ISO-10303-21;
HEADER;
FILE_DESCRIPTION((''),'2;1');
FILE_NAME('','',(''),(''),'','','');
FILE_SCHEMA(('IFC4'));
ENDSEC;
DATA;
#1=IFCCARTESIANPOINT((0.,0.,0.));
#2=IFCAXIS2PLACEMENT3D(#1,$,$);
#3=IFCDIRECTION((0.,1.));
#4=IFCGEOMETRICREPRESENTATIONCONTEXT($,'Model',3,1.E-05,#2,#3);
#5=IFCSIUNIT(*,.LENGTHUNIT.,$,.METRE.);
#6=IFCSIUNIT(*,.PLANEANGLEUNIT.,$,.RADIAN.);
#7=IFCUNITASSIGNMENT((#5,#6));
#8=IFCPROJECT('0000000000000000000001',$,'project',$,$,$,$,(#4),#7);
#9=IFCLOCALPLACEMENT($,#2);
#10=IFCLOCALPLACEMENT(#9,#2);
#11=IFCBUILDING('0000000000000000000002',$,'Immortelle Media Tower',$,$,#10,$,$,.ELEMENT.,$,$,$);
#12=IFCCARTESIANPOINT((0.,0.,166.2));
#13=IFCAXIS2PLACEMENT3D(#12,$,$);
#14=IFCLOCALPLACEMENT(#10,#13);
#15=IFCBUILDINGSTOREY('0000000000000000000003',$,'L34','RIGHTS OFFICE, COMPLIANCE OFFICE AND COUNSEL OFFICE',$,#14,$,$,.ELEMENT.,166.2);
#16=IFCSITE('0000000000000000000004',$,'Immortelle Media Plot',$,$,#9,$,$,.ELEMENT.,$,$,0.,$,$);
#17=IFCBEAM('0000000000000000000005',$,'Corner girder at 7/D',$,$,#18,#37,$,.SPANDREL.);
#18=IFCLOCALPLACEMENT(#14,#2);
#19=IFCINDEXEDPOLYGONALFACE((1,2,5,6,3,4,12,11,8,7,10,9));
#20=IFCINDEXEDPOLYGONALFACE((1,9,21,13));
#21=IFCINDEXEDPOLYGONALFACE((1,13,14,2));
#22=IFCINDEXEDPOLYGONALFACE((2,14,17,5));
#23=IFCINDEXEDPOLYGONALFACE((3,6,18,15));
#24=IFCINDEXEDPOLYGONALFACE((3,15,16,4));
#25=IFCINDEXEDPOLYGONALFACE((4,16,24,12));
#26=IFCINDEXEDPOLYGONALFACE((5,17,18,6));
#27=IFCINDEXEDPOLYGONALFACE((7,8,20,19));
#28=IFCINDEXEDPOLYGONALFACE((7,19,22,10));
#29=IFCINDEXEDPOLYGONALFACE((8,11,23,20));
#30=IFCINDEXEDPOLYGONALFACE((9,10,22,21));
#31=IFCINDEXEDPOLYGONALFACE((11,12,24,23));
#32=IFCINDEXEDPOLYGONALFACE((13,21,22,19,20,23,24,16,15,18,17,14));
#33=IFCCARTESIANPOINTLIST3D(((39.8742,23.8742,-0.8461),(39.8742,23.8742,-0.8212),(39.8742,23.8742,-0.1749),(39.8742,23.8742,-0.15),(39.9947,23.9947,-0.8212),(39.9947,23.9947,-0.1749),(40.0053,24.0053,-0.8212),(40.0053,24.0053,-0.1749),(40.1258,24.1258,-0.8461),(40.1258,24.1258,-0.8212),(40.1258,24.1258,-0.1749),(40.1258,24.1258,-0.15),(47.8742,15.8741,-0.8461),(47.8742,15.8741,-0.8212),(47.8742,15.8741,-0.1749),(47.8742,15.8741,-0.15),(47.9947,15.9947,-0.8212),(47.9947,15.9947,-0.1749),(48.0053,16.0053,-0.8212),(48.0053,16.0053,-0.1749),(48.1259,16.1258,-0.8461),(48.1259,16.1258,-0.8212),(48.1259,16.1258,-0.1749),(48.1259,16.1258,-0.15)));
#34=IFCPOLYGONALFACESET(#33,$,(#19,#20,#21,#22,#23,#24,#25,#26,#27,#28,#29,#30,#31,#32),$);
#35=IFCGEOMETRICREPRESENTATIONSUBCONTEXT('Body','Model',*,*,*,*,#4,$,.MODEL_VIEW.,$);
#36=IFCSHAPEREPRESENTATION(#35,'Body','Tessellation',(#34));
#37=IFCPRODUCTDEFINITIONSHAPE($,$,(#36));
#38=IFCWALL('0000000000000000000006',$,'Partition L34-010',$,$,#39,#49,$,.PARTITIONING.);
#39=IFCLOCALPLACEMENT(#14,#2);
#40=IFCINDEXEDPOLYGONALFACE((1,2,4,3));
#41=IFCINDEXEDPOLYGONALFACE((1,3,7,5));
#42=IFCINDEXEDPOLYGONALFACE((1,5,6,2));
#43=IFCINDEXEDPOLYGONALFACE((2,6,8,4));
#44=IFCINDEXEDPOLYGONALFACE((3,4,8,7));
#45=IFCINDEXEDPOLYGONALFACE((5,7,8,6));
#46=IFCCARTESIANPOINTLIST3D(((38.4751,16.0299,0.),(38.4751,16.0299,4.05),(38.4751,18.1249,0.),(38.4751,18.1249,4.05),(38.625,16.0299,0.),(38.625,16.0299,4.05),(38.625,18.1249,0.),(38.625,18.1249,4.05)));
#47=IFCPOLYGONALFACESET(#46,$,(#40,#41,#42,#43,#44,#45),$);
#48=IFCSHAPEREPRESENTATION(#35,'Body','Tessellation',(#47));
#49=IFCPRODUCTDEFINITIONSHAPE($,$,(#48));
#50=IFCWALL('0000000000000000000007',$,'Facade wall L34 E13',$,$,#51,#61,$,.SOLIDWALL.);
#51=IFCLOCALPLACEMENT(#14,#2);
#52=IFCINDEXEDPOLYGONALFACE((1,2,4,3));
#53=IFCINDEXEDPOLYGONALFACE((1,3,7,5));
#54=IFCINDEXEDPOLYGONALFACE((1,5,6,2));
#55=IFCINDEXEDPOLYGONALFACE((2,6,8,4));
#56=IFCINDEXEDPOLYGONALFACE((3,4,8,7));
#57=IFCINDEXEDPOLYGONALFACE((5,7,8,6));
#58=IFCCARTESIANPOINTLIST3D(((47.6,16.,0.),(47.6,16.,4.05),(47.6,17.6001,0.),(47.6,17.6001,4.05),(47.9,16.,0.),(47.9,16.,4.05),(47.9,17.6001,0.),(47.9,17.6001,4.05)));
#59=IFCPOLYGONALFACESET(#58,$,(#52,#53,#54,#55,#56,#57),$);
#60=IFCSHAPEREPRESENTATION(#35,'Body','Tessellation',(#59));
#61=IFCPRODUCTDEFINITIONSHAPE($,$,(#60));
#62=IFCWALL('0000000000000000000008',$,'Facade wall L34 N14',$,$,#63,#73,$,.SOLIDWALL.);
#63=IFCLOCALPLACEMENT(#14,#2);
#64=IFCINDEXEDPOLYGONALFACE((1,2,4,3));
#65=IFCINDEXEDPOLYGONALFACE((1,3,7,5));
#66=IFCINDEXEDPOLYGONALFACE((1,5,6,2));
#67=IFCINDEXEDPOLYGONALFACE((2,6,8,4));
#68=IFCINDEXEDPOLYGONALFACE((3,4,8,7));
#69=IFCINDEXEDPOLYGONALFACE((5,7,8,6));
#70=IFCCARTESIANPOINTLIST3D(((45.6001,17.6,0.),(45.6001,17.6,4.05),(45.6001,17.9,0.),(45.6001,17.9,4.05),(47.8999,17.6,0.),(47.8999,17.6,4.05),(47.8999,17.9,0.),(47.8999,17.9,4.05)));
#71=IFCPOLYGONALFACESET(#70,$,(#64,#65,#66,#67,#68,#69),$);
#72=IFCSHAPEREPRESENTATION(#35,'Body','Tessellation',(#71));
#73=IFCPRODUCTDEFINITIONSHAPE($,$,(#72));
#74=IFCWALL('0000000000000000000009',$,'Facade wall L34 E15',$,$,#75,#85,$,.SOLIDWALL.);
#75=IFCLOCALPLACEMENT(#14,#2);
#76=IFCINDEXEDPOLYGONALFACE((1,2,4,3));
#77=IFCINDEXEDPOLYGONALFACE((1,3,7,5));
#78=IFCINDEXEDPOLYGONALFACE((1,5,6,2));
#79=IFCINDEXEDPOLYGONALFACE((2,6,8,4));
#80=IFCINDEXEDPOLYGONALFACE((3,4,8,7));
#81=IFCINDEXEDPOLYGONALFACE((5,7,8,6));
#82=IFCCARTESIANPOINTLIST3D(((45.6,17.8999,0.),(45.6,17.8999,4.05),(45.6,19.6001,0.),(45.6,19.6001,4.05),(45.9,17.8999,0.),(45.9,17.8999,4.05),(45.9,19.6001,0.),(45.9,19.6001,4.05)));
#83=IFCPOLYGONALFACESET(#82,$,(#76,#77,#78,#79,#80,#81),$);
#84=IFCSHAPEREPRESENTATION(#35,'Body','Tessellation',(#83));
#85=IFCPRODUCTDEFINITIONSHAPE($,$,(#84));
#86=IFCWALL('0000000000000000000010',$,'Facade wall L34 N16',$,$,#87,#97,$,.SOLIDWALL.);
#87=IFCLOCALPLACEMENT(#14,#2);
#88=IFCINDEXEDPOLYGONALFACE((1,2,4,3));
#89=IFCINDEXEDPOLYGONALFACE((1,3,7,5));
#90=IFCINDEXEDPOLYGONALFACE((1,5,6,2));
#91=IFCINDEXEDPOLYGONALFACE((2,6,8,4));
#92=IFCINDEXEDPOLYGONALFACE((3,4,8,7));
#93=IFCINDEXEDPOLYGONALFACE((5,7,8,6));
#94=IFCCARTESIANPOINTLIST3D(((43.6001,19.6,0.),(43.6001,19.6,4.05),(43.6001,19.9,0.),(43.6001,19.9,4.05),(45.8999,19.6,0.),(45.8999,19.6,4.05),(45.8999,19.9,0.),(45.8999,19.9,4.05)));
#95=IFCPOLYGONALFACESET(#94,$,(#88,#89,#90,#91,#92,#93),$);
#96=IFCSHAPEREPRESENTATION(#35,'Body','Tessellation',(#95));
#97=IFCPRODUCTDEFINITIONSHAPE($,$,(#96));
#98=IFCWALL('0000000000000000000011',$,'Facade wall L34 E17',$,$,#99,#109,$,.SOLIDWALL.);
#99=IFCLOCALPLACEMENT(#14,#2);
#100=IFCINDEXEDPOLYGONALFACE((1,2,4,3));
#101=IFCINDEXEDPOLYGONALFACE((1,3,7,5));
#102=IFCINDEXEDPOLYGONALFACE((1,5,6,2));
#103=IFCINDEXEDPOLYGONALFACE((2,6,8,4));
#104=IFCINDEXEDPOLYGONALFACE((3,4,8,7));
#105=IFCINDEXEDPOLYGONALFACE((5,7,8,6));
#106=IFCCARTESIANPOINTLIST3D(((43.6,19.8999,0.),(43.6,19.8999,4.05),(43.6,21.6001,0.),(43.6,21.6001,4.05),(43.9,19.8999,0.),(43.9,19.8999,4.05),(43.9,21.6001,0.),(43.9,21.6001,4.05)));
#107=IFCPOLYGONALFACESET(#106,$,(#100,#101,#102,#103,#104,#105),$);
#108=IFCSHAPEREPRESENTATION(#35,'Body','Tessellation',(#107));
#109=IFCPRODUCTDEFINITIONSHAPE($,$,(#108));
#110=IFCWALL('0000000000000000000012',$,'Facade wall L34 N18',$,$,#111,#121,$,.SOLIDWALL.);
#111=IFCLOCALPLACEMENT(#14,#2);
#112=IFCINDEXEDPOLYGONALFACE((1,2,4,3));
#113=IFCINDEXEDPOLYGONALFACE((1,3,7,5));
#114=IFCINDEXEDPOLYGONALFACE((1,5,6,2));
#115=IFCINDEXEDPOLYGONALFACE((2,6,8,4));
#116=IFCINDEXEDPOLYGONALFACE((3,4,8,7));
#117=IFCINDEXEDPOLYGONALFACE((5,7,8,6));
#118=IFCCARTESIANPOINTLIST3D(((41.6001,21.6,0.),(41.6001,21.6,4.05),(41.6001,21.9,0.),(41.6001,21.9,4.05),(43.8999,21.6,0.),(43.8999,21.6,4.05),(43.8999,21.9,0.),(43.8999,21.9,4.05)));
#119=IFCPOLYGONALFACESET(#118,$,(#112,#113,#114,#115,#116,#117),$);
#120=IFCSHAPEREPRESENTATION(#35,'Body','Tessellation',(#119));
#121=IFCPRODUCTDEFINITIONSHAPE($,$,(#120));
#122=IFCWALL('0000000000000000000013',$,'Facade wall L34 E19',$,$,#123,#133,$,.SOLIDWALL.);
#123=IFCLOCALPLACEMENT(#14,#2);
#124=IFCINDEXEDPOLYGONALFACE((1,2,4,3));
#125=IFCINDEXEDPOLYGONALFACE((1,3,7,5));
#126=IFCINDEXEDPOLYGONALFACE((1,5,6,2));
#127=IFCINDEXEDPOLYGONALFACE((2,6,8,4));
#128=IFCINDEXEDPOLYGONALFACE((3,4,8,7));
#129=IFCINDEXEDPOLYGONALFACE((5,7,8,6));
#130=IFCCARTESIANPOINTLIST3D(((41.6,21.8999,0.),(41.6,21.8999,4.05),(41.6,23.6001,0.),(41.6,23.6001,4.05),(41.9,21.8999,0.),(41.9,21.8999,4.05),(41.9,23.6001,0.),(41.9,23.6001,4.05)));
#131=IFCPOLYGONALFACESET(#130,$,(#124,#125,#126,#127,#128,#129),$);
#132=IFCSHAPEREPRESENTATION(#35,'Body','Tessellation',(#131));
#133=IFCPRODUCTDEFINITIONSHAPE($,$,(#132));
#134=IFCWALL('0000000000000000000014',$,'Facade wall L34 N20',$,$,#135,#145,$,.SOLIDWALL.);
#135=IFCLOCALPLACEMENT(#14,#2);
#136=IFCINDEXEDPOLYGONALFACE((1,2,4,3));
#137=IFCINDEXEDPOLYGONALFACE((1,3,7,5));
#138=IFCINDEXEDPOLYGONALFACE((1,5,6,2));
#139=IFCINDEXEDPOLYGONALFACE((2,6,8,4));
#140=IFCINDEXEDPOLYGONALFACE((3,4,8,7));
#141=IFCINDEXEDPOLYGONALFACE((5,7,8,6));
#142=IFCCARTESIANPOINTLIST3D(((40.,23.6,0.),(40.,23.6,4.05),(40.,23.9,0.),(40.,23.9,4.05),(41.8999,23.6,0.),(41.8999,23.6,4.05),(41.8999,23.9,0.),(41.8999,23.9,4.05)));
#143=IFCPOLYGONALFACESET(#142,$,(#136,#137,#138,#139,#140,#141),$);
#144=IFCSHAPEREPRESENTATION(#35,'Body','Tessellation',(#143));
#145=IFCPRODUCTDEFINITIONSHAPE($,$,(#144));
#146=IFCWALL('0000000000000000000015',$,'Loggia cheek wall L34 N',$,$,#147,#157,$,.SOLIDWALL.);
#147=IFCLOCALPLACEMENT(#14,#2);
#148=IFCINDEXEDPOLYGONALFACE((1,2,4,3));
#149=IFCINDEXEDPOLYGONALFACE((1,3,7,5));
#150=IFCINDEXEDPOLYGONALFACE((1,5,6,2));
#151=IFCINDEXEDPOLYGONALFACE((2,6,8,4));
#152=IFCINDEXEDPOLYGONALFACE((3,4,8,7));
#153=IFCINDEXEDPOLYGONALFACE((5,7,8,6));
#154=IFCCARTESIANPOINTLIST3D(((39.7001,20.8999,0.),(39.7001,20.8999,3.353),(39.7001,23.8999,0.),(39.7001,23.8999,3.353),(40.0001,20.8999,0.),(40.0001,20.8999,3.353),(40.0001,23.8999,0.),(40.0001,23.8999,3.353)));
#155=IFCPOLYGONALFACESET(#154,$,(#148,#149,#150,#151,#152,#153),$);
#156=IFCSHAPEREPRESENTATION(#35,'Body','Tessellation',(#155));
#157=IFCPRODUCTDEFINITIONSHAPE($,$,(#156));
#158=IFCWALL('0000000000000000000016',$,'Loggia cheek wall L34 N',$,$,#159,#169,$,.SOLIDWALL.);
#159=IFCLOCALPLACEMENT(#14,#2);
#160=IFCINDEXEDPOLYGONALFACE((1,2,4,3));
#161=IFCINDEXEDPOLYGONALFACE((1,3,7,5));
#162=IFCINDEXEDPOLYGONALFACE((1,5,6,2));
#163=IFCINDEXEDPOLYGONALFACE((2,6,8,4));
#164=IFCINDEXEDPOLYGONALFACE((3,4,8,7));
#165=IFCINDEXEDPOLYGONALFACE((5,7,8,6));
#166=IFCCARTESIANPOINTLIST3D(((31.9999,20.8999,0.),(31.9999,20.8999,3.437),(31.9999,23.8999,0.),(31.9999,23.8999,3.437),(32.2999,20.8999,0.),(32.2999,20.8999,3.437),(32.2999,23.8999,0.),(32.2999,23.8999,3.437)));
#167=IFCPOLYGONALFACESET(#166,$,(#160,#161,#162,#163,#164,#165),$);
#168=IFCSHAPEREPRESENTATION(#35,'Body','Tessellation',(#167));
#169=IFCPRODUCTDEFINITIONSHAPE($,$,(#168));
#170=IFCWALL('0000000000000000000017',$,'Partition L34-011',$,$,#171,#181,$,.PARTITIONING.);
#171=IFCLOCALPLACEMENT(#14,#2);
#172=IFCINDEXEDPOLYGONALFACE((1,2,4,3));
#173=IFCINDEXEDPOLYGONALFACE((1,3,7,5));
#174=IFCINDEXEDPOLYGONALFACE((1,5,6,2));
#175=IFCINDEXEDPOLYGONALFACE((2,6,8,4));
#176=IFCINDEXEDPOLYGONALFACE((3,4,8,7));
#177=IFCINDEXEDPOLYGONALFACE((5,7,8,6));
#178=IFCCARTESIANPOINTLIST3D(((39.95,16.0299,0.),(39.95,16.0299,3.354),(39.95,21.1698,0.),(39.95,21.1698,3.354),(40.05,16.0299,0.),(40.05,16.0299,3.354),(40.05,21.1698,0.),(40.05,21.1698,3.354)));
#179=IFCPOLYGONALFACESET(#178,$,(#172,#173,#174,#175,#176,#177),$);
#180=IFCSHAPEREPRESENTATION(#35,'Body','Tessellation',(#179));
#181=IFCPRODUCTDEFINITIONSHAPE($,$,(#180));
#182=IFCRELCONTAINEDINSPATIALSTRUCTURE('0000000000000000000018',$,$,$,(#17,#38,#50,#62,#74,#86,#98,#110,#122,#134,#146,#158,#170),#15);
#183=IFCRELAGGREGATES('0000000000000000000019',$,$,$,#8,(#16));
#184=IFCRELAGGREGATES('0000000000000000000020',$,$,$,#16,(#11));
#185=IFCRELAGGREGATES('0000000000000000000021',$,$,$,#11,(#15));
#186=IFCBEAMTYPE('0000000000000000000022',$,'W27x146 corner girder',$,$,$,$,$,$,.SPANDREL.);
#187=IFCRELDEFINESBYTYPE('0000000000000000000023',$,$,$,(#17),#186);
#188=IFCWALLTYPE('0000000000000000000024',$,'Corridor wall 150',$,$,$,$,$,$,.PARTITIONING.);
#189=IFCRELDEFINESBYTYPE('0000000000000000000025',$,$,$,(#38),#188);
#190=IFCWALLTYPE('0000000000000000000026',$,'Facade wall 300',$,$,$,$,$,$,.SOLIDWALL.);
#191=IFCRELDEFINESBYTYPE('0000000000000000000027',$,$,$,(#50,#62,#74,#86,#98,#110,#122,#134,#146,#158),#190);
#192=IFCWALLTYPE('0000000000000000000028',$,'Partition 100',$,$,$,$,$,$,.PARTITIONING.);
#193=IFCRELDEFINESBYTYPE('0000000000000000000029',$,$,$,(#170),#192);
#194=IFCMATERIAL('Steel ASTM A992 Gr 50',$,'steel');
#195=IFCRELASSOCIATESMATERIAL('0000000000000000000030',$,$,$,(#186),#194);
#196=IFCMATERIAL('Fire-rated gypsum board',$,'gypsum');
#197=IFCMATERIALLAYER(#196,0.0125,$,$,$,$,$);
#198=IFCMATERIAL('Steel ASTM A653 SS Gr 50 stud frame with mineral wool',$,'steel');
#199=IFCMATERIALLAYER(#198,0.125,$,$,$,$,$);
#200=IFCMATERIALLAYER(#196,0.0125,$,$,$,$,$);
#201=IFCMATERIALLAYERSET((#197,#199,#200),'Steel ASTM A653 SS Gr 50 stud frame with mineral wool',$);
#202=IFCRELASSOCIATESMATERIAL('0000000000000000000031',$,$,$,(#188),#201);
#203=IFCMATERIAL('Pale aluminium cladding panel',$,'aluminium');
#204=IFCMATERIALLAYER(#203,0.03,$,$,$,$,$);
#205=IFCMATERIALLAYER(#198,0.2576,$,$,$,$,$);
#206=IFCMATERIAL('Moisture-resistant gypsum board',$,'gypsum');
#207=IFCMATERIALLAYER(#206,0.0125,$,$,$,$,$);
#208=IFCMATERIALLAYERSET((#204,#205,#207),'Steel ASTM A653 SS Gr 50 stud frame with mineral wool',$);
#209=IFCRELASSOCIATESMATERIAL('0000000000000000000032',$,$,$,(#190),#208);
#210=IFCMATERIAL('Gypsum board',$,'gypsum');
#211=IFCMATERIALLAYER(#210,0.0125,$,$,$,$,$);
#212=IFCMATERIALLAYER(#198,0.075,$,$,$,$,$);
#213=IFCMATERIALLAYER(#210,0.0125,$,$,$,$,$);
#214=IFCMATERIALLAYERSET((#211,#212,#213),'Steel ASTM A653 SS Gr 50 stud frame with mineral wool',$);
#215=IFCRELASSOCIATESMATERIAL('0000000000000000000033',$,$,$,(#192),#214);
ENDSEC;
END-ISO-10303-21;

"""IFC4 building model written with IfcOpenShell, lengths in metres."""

from ifc_helpers import new_model, si_unit, direction, frame, frame_2d, origin, origin_2d, place, context, subcontext, project, spatial, rectangle, i_section, extrude, material, layer, layer_set, material_profile, profile_set, type_object, element, save


model = new_model("IFC4")

# Units and contexts
model_context = context("Model", 3, precision=1e-05, world=origin(), true_north=direction((0.0, 1.0)))
body_context = subcontext(model_context, "Body", "Model", "MODEL_VIEW")
ifc_project = project(units=[si_unit("LENGTHUNIT", "METRE"), si_unit("PLANEANGLEUNIT", "RADIAN")], contexts=[model_context])

# Site, building, storey
site_placement = place(None, origin())
site = spatial("IfcSite", under=ifc_project, at=site_placement, Name="Immortelle Media Plot", CompositionType="ELEMENT", RefElevation=0.0)
building_placement = place(site_placement, origin())
building = spatial("IfcBuilding", under=site, at=building_placement, Name="Immortelle Media Tower", CompositionType="ELEMENT")
storey_placement = place(building_placement, frame((0.0, 0.0, 166.2)))
storey = spatial("IfcBuildingStorey", under=building, at=storey_placement, Name="L34", Description="RIGHTS OFFICE, COMPLIANCE OFFICE AND COUNSEL OFFICE", CompositionType="ELEMENT", Elevation=166.2)

# Shared definitions
ifc_material_1 = material(Name="Steel ASTM A992 Gr 50", Category="steel")

# Beam
ifc_material_profile_1 = material_profile(ifc_material_1, i_section(OverallWidth=0.356, OverallDepth=0.696, WebThickness=0.0149, FlangeThickness=0.0249, at=origin_2d()), Name="W27x146")
ifc_profile_set_1 = profile_set([ifc_material_profile_1], Name="Steel ASTM A992 Gr 50")
beam_type_1 = type_object("IfcBeamType", Name="W27x146 corner girder", PredefinedType="SPANDREL", material=ifc_profile_set_1)
beam_placement = place(storey_placement, frame((40.0, 24.0, -0.498), z_axis=(0.707107, -0.707107, 0.0), x_axis=(0.707107, 0.707107, 0.0)))
element("IfcBeam", 1, at=beam_placement, inside=storey, type_object=beam_type_1, Name="Corner girder at 7/D", PredefinedType="SPANDREL", context=body_context, shape_type="SweptSolid", body=[
    extrude(i_section(OverallWidth=0.356, OverallDepth=0.696, WebThickness=0.0149, FlangeThickness=0.0249, at=origin_2d()), origin(), (0.0, 0.0, 1.0), 11.3137),
])

# Walls
ifc_material_2 = material(Name="Fire-rated gypsum board", Category="gypsum")
ifc_layer_1 = layer(ifc_material_2, 0.0125)
ifc_material_3 = material(Name="Steel ASTM A653 SS Gr 50 stud frame with mineral wool", Category="steel")
ifc_layer_2 = layer(ifc_material_3, 0.125)
ifc_layer_3 = layer(ifc_material_2, 0.0125)
ifc_layer_set_1 = layer_set([ifc_layer_1, ifc_layer_2, ifc_layer_3], Name="Steel ASTM A653 SS Gr 50 stud frame with mineral wool")
wall_type_1 = type_object("IfcWallType", Name="Corridor wall 150", PredefinedType="PARTITIONING", material=ifc_layer_set_1)
wall_1_placement = place(storey_placement, frame((38.55, 16.03, 0.0), z_axis=(0.0, 0.0, 1.0), x_axis=(0.0, 1.0, 0.0)))
element("IfcWall", 2, at=wall_1_placement, inside=storey, type_object=wall_type_1, Name="Partition L34-010", PredefinedType="PARTITIONING", context=body_context, shape_type="SweptSolid", body=[
    extrude(rectangle(XDim=2.095, YDim=0.1499, at=frame_2d((1.0474, 0.0))), origin(), (0.0, 0.0, 1.0), 4.05),
])
ifc_material_4 = material(Name="Pale aluminium cladding panel", Category="aluminium")
ifc_layer_4 = layer(ifc_material_4, 0.03)
ifc_layer_5 = layer(ifc_material_3, 0.2576)
ifc_material_5 = material(Name="Moisture-resistant gypsum board", Category="gypsum")
ifc_layer_6 = layer(ifc_material_5, 0.0125)
ifc_layer_set_2 = layer_set([ifc_layer_4, ifc_layer_5, ifc_layer_6], Name="Steel ASTM A653 SS Gr 50 stud frame with mineral wool")
wall_type_2 = type_object("IfcWallType", Name="Facade wall 300", PredefinedType="SOLIDWALL", material=ifc_layer_set_2)
wall_2_placement = place(storey_placement, frame((47.75, 16.0, 0.0), z_axis=(0.0, 0.0, 1.0), x_axis=(0.0, 1.0, 0.0)))
element("IfcWall", 3, at=wall_2_placement, inside=storey, type_object=wall_type_2, Name="Facade wall L34 E13", PredefinedType="SOLIDWALL", context=body_context, shape_type="SweptSolid", body=[
    extrude(rectangle(XDim=1.6001, YDim=0.3, at=frame_2d((0.8, 0.0))), origin(), (0.0, 0.0, 1.0), 4.05),
])
wall_3_placement = place(storey_placement, frame((47.8999, 17.75, 0.0), z_axis=(0.0, 0.0, 1.0), x_axis=(-1.0, 0.0, 0.0)))
element("IfcWall", 4, at=wall_3_placement, inside=storey, type_object=wall_type_2, Name="Facade wall L34 N14", PredefinedType="SOLIDWALL", context=body_context, shape_type="SweptSolid", body=[
    extrude(rectangle(XDim=2.2998, YDim=0.3, at=frame_2d((1.1499, 0.0))), origin(), (0.0, 0.0, 1.0), 4.05),
])
wall_4_placement = place(storey_placement, frame((45.75, 17.8999, 0.0), z_axis=(0.0, 0.0, 1.0), x_axis=(0.0, 1.0, 0.0)))
element("IfcWall", 5, at=wall_4_placement, inside=storey, type_object=wall_type_2, Name="Facade wall L34 E15", PredefinedType="SOLIDWALL", context=body_context, shape_type="SweptSolid", body=[
    extrude(rectangle(XDim=1.7002, YDim=0.3, at=frame_2d((0.8501, 0.0))), origin(), (0.0, 0.0, 1.0), 4.05),
])
wall_5_placement = place(storey_placement, frame((45.8999, 19.75, 0.0), z_axis=(0.0, 0.0, 1.0), x_axis=(-1.0, 0.0, 0.0)))
element("IfcWall", 6, at=wall_5_placement, inside=storey, type_object=wall_type_2, Name="Facade wall L34 N16", PredefinedType="SOLIDWALL", context=body_context, shape_type="SweptSolid", body=[
    extrude(rectangle(XDim=2.2998, YDim=0.3, at=frame_2d((1.1499, 0.0))), origin(), (0.0, 0.0, 1.0), 4.05),
])
wall_6_placement = place(storey_placement, frame((43.75, 19.8999, 0.0), z_axis=(0.0, 0.0, 1.0), x_axis=(0.0, 1.0, 0.0)))
element("IfcWall", 7, at=wall_6_placement, inside=storey, type_object=wall_type_2, Name="Facade wall L34 E17", PredefinedType="SOLIDWALL", context=body_context, shape_type="SweptSolid", body=[
    extrude(rectangle(XDim=1.7002, YDim=0.3, at=frame_2d((0.8501, 0.0))), origin(), (0.0, 0.0, 1.0), 4.05),
])
wall_7_placement = place(storey_placement, frame((43.8999, 21.75, 0.0), z_axis=(0.0, 0.0, 1.0), x_axis=(-1.0, 0.0, 0.0)))
element("IfcWall", 8, at=wall_7_placement, inside=storey, type_object=wall_type_2, Name="Facade wall L34 N18", PredefinedType="SOLIDWALL", context=body_context, shape_type="SweptSolid", body=[
    extrude(rectangle(XDim=2.2998, YDim=0.3, at=frame_2d((1.1499, 0.0))), origin(), (0.0, 0.0, 1.0), 4.05),
])
wall_8_placement = place(storey_placement, frame((41.75, 21.8999, 0.0), z_axis=(0.0, 0.0, 1.0), x_axis=(0.0, 1.0, 0.0)))
element("IfcWall", 9, at=wall_8_placement, inside=storey, type_object=wall_type_2, Name="Facade wall L34 E19", PredefinedType="SOLIDWALL", context=body_context, shape_type="SweptSolid", body=[
    extrude(rectangle(XDim=1.7002, YDim=0.3, at=frame_2d((0.8501, 0.0))), origin(), (0.0, 0.0, 1.0), 4.05),
])
wall_9_placement = place(storey_placement, frame((41.8999, 23.75, 0.0), z_axis=(0.0, 0.0, 1.0), x_axis=(-1.0, 0.0, 0.0)))
element("IfcWall", 10, at=wall_9_placement, inside=storey, type_object=wall_type_2, Name="Facade wall L34 N20", PredefinedType="SOLIDWALL", context=body_context, shape_type="SweptSolid", body=[
    extrude(rectangle(XDim=1.8999, YDim=0.3, at=frame_2d((0.95, 0.0))), origin(), (0.0, 0.0, 1.0), 4.05),
])

# Walls
wall_10_placement = place(storey_placement, frame((39.8501, 23.8999, 0.0), z_axis=(0.0, 0.0, 1.0), x_axis=(0.0, -1.0, 0.0)))
element("IfcWall", 11, at=wall_10_placement, inside=storey, type_object=wall_type_2, Name="Loggia cheek wall L34 N", PredefinedType="SOLIDWALL", context=body_context, shape_type="SweptSolid", body=[
    extrude(rectangle(XDim=3.0, YDim=0.3, at=frame_2d((1.5, 0.0))), origin(), (0.0, 0.0, 1.0), 3.353),
])
wall_11_placement = place(storey_placement, frame((32.1499, 23.8999, 0.0), z_axis=(0.0, 0.0, 1.0), x_axis=(0.0, -1.0, 0.0)))
element("IfcWall", 12, at=wall_11_placement, inside=storey, type_object=wall_type_2, Name="Loggia cheek wall L34 N", PredefinedType="SOLIDWALL", context=body_context, shape_type="SweptSolid", body=[
    extrude(rectangle(XDim=3.0, YDim=0.3, at=frame_2d((1.5, 0.0))), origin(), (0.0, 0.0, 1.0), 3.437),
])
ifc_material_6 = material(Name="Gypsum board", Category="gypsum")
ifc_layer_7 = layer(ifc_material_6, 0.0125)
ifc_layer_8 = layer(ifc_material_3, 0.075)
ifc_layer_9 = layer(ifc_material_6, 0.0125)
ifc_layer_set_3 = layer_set([ifc_layer_7, ifc_layer_8, ifc_layer_9], Name="Steel ASTM A653 SS Gr 50 stud frame with mineral wool")
wall_type_3 = type_object("IfcWallType", Name="Partition 100", PredefinedType="PARTITIONING", material=ifc_layer_set_3)
wall_12_placement = place(storey_placement, frame((40.0, 16.03, 0.0), z_axis=(0.0, 0.0, 1.0), x_axis=(0.0, 1.0, 0.0)))
element("IfcWall", 13, at=wall_12_placement, inside=storey, type_object=wall_type_3, Name="Partition L34-011", PredefinedType="PARTITIONING", context=body_context, shape_type="SweptSolid", body=[
    extrude(rectangle(XDim=5.1399, YDim=0.1001, at=frame_2d((2.5698, 0.0))), origin(), (0.0, 0.0, 1.0), 3.354),
])

save(model, "model.ifc")
